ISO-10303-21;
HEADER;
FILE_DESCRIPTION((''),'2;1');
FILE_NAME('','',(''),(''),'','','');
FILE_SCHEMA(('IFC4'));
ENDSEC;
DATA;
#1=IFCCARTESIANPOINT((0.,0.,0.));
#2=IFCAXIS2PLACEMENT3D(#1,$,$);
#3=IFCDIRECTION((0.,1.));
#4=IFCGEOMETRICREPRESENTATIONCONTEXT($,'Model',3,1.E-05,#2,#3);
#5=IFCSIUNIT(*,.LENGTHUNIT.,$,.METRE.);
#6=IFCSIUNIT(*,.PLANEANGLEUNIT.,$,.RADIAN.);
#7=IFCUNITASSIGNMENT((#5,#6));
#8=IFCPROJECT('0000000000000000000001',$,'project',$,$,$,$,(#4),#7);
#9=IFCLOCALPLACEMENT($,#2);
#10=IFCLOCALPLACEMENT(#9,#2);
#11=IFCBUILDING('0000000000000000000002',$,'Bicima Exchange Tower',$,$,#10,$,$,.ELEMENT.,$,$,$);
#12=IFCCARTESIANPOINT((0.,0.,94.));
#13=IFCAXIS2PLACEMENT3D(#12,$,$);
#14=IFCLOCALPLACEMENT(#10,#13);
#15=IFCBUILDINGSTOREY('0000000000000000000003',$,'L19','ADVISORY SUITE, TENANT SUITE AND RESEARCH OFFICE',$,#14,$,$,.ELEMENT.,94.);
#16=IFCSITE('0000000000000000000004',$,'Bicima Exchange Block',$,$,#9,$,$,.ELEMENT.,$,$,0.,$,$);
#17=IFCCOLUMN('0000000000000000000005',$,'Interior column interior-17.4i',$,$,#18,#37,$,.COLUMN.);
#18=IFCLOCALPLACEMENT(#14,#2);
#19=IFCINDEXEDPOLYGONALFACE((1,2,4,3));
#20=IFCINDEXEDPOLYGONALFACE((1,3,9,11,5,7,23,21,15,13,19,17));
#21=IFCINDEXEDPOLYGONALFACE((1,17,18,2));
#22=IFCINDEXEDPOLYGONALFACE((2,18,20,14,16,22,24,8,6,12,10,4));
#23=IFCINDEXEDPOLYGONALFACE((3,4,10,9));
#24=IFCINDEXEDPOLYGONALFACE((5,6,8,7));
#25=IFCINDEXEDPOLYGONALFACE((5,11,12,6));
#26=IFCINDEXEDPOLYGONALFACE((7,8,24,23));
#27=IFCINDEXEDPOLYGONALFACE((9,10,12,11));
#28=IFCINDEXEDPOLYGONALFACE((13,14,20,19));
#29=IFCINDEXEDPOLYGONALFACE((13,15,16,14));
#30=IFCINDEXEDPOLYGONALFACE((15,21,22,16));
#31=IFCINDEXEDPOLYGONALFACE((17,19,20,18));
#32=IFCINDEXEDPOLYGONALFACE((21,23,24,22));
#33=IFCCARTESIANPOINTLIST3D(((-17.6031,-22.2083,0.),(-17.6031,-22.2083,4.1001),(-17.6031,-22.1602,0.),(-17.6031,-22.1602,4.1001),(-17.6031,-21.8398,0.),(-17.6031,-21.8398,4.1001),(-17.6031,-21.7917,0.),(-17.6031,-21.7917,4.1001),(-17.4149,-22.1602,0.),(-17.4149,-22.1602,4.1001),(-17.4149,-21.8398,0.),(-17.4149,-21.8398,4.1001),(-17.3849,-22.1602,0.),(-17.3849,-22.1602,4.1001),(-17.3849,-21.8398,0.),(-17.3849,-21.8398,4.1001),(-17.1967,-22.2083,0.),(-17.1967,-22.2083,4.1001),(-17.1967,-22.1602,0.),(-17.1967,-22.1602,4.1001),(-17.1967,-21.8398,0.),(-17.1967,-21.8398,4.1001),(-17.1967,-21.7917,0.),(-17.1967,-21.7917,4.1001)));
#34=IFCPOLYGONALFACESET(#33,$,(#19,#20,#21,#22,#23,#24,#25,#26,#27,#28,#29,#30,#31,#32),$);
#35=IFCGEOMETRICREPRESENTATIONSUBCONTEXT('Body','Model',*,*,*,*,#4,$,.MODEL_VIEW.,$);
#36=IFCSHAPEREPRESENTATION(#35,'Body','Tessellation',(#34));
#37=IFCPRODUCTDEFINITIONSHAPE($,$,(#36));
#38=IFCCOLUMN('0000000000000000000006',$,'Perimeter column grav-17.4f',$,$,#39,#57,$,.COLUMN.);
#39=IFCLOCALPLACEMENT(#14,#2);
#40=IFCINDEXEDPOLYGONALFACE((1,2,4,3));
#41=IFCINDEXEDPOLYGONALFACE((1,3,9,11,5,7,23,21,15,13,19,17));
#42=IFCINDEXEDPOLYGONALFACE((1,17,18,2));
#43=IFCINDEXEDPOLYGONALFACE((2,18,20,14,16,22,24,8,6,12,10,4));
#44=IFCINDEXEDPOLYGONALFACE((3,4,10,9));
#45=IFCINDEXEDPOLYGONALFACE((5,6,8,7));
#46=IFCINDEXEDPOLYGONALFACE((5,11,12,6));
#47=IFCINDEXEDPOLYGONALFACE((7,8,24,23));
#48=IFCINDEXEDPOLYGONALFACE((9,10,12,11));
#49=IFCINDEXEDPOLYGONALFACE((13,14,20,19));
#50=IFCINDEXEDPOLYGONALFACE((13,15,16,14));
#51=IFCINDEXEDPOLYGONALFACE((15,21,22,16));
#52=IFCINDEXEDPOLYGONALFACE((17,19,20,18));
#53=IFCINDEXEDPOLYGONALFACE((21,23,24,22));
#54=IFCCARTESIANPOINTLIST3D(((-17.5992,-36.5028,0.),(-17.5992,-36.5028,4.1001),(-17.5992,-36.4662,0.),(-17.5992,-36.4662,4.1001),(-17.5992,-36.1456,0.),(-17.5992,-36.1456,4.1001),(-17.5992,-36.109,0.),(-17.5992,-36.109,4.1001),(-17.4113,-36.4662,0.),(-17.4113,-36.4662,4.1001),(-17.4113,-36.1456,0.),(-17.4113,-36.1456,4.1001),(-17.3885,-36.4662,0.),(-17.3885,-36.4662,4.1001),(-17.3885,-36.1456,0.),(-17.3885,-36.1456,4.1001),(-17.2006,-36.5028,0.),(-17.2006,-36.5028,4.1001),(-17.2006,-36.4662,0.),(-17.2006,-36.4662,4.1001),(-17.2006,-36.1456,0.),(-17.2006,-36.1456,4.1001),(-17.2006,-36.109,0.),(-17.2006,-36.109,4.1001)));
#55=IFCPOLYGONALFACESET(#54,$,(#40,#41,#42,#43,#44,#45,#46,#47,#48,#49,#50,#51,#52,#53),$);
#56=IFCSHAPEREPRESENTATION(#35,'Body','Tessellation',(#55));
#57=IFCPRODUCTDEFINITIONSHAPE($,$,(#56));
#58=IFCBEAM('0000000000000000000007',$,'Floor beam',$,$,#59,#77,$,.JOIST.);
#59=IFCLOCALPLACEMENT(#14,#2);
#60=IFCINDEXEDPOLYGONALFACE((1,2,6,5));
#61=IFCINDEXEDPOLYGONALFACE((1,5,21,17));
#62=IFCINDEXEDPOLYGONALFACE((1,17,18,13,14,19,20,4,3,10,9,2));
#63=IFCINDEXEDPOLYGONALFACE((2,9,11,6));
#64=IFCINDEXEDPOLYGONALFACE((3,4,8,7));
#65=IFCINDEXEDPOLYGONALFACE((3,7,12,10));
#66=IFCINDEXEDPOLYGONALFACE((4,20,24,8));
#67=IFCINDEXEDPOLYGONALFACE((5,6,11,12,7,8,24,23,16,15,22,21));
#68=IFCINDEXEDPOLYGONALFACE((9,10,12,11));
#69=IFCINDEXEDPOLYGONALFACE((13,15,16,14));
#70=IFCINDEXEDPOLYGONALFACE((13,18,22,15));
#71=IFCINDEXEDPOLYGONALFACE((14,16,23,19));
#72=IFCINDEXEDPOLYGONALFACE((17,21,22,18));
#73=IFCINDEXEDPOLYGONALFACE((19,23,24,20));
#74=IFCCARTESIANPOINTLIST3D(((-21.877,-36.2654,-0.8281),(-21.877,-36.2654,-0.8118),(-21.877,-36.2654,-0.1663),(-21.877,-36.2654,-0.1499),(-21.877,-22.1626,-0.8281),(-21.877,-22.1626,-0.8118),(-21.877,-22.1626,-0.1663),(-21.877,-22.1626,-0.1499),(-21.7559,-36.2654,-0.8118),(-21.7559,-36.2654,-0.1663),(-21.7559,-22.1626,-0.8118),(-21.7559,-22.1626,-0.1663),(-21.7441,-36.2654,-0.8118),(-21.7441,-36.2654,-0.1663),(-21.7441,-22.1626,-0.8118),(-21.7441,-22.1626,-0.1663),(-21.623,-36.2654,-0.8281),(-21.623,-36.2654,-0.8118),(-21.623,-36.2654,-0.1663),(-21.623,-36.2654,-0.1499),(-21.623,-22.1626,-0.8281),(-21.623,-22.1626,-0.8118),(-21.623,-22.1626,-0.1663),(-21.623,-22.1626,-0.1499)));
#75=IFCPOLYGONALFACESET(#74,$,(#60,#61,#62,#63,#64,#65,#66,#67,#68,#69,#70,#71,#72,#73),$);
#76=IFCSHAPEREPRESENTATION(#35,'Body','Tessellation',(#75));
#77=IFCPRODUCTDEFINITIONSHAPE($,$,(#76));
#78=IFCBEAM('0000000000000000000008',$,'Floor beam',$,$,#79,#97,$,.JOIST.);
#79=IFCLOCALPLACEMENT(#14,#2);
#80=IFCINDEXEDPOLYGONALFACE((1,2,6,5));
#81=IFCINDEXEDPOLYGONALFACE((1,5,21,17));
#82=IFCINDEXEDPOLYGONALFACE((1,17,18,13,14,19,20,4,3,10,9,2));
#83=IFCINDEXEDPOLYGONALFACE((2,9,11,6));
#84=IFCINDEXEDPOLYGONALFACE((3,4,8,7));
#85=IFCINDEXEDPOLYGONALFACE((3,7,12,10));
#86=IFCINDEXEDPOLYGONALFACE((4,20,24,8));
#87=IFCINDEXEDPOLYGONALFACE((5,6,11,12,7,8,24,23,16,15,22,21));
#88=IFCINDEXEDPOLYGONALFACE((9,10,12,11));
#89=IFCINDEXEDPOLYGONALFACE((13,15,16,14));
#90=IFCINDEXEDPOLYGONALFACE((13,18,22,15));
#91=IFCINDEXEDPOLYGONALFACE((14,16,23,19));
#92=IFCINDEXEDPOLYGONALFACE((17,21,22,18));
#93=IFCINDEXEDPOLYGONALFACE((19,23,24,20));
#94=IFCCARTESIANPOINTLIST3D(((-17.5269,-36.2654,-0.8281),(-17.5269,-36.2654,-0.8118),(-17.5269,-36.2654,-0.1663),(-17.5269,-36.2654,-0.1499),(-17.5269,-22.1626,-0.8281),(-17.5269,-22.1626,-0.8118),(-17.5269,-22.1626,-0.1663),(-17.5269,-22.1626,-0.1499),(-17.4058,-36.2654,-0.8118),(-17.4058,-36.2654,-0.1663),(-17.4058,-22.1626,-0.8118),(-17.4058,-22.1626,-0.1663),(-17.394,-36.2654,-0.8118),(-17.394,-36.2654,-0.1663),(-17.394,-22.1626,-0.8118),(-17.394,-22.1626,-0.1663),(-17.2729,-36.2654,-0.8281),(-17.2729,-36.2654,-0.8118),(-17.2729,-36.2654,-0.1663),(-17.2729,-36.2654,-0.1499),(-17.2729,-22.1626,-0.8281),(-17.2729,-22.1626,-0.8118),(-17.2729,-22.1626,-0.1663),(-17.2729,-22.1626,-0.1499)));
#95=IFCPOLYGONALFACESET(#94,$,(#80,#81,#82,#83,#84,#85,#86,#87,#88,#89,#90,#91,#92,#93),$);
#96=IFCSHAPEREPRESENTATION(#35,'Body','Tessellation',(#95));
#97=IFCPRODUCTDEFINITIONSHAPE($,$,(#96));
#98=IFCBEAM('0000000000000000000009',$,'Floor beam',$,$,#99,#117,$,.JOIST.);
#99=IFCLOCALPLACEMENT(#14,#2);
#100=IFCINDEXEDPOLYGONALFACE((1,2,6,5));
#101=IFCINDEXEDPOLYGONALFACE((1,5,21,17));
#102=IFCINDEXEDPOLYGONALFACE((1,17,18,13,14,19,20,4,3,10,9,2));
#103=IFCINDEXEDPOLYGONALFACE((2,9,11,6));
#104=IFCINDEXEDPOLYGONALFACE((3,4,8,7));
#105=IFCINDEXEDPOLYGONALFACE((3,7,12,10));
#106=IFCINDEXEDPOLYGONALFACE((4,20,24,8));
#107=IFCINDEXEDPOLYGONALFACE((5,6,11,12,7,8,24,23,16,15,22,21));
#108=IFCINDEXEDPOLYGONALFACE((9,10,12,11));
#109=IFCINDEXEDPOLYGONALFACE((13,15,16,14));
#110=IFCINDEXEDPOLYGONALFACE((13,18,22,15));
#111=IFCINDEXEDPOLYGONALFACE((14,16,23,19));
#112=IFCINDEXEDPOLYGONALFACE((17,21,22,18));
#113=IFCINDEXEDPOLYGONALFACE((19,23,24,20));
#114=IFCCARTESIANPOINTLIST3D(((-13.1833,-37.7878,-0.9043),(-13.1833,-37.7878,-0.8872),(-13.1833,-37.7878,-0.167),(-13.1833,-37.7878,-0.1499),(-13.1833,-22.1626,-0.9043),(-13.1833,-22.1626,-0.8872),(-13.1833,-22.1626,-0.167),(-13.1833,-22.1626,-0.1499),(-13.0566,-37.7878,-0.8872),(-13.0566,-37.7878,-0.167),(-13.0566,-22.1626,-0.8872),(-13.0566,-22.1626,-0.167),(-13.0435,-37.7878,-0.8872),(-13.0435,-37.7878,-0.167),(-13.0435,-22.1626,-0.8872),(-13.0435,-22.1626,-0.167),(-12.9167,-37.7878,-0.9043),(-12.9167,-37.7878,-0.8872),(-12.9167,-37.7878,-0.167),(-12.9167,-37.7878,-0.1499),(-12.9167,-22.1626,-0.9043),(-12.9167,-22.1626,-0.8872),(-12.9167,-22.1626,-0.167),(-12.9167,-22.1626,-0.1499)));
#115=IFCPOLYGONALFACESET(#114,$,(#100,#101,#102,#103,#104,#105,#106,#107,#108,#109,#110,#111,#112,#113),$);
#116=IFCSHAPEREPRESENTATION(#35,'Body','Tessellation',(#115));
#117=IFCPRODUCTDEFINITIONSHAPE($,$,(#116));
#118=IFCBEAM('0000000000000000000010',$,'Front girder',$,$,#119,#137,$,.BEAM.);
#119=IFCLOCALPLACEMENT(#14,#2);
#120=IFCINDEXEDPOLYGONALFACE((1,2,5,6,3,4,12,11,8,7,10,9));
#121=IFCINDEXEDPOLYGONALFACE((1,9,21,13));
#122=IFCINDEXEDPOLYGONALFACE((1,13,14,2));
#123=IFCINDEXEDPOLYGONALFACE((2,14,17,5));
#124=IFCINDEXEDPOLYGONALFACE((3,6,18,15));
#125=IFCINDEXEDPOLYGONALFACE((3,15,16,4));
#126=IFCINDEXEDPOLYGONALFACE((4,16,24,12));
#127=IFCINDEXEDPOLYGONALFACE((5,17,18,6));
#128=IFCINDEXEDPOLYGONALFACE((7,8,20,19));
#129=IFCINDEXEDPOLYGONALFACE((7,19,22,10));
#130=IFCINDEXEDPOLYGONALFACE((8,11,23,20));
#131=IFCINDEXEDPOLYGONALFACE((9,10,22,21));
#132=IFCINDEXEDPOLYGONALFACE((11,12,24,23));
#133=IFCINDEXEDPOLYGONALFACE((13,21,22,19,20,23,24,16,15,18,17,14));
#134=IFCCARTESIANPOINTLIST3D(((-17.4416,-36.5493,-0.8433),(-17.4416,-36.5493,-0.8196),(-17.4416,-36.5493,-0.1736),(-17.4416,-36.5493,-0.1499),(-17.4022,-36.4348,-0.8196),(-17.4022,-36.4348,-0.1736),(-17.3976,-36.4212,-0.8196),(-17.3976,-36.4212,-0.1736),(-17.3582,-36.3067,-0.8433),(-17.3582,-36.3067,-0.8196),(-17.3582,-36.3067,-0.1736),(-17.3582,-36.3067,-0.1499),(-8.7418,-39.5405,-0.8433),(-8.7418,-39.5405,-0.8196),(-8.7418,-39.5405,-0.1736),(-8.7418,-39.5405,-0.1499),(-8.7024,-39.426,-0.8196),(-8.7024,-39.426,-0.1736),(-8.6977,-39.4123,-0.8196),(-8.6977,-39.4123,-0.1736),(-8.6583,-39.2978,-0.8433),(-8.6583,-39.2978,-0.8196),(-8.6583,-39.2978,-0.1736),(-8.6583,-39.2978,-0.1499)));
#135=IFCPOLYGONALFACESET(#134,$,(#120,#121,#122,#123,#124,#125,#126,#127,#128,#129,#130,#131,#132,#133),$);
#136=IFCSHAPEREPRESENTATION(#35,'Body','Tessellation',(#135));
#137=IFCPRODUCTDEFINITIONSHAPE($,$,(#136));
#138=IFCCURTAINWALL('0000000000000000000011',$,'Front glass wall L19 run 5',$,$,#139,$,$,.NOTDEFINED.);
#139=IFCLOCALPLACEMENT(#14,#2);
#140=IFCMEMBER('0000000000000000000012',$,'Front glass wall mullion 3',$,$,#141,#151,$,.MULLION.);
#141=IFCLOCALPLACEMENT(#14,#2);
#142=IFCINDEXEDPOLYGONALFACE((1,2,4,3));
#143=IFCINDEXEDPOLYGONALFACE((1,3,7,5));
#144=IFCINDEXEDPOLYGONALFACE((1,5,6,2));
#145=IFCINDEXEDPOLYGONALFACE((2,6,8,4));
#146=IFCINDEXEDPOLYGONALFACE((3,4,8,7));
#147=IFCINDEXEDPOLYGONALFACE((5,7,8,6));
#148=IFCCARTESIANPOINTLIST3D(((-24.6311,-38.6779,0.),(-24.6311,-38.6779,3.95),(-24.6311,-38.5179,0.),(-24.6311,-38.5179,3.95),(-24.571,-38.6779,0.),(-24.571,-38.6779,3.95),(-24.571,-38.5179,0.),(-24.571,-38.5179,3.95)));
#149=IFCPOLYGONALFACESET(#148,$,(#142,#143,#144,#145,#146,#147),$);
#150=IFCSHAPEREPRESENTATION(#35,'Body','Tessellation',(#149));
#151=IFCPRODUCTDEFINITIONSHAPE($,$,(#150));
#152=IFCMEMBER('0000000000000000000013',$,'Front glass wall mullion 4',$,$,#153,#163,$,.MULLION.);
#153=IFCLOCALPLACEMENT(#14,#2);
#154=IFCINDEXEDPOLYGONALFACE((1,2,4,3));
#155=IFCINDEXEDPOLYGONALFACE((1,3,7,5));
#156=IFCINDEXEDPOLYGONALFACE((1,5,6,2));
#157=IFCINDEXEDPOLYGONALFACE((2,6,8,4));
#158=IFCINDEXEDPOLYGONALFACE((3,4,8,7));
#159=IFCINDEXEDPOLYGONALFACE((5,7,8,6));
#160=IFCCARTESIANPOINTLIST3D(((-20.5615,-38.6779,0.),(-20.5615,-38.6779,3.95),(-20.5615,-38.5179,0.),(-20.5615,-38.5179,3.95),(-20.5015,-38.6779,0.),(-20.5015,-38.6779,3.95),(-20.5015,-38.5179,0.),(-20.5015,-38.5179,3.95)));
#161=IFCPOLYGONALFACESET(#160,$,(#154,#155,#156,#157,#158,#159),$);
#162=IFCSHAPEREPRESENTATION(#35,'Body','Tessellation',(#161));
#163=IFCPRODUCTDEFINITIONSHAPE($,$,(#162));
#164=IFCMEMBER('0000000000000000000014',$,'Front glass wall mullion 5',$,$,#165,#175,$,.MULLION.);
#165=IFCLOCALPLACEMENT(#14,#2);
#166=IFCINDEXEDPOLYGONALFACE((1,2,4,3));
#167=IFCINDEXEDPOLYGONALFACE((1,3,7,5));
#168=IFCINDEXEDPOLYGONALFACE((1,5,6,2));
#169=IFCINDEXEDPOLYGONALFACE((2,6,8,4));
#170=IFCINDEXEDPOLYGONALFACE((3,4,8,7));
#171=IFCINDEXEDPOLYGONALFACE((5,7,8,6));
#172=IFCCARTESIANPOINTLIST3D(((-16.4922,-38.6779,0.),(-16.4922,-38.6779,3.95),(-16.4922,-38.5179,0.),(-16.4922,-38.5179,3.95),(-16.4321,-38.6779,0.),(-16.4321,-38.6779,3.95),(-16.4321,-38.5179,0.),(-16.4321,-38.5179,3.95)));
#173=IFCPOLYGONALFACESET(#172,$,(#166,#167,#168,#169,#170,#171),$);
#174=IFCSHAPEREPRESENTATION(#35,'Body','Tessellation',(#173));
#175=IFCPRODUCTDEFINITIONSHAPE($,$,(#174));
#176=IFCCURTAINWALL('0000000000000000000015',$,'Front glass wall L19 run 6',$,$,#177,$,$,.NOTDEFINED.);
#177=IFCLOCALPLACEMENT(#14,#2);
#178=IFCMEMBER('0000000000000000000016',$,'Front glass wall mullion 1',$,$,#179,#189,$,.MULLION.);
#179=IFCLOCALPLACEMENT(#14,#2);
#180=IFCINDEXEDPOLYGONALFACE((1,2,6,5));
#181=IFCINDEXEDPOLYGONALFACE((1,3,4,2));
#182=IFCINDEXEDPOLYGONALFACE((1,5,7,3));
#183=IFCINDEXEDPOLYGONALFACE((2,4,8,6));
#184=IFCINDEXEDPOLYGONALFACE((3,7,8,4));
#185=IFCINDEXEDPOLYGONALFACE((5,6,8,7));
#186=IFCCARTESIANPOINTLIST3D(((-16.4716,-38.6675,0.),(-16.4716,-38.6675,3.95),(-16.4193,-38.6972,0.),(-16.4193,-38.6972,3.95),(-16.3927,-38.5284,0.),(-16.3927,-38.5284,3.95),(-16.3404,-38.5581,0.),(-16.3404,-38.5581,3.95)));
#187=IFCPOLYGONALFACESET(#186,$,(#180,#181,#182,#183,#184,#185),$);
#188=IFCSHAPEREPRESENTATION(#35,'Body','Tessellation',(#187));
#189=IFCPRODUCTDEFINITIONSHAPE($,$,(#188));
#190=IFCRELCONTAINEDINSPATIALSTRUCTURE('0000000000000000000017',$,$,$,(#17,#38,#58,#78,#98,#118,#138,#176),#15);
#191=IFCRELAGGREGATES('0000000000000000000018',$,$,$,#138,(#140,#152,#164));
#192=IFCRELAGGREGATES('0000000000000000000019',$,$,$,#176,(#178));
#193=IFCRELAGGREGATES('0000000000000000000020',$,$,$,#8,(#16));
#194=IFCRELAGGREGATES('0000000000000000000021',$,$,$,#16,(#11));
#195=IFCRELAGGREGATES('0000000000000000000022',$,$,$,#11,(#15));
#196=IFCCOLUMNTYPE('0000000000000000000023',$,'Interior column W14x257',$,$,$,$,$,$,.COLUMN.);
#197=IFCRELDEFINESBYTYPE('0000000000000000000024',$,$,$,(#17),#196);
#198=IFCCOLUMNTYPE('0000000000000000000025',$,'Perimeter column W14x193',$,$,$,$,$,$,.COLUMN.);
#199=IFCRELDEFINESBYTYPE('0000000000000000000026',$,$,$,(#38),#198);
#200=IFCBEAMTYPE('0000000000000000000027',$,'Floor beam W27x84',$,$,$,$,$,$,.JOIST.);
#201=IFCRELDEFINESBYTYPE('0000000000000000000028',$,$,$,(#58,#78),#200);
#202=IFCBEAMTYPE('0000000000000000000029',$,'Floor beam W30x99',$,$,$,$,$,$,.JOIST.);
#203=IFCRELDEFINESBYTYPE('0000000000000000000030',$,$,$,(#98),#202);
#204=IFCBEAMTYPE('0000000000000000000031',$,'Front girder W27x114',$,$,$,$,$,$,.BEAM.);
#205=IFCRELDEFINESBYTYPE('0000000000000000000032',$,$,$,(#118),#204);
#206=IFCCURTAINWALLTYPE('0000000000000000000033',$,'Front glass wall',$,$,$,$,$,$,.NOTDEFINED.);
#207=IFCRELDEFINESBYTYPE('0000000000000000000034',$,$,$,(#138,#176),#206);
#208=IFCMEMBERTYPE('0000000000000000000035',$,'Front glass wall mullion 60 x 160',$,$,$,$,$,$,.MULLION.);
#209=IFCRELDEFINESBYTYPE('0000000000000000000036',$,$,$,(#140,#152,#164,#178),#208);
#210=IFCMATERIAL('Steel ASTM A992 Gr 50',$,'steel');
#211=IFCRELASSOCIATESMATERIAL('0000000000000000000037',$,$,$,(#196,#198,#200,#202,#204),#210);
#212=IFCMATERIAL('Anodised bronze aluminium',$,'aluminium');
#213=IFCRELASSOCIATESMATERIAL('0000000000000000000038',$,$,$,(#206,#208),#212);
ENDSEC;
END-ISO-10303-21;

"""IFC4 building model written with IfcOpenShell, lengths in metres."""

from ifc_helpers import new_model, si_unit, direction, frame, origin, origin_2d, place, context, subcontext, project, spatial, rectangle, i_section, extrude, material, material_profile, profile_set, type_object, element, aggregate, save


model = new_model("IFC4")

# Units and contexts
model_context = context("Model", 3, precision=1e-05, world=origin(), true_north=direction((0.0, 1.0)))
body_context = subcontext(model_context, "Body", "Model", "MODEL_VIEW")
ifc_project = project(units=[si_unit("LENGTHUNIT", "METRE"), si_unit("PLANEANGLEUNIT", "RADIAN")], contexts=[model_context])

# Site, building, storey
site_placement = place(None, origin())
site = spatial("IfcSite", under=ifc_project, at=site_placement, Name="Bicima Exchange Block", CompositionType="ELEMENT", RefElevation=0.0)
building_placement = place(site_placement, origin())
building = spatial("IfcBuilding", under=site, at=building_placement, Name="Bicima Exchange Tower", CompositionType="ELEMENT")
storey_placement = place(building_placement, frame((0.0, 0.0, 94.0)))
storey = spatial("IfcBuildingStorey", under=building, at=storey_placement, Name="L19", Description="ADVISORY SUITE, TENANT SUITE AND RESEARCH OFFICE", CompositionType="ELEMENT", Elevation=94.0)

# Columns
ifc_material_1 = material(Name="Steel ASTM A992 Gr 50", Category="steel")
ifc_material_profile_1 = material_profile(ifc_material_1, i_section(OverallWidth=0.4065, OverallDepth=0.4165, WebThickness=0.03, FlangeThickness=0.0481, at=origin_2d()))
ifc_profile_set_1 = profile_set([ifc_material_profile_1], Name="Steel ASTM A992 Gr 50")
column_type_1 = type_object("IfcColumnType", Name="Interior column W14x257", PredefinedType="COLUMN", material=ifc_profile_set_1)
column_1_placement = place(storey_placement, frame((-17.3999, -22.0, 0.0), z_axis=(0.0, 0.0, 1.0), x_axis=(1.0, 0.0, 0.0)))
element("IfcColumn", 1, at=column_1_placement, inside=storey, type_object=column_type_1, Name="Interior column interior-17.4i", PredefinedType="COLUMN", context=body_context, shape_type="SweptSolid", body=[
    extrude(i_section(OverallWidth=0.4065, OverallDepth=0.4165, WebThickness=0.03, FlangeThickness=0.0481, at=origin_2d()), origin(), (0.0, 0.0, 1.0), 4.1001),
])
ifc_material_profile_2 = material_profile(ifc_material_1, i_section(OverallWidth=0.3987, OverallDepth=0.3938, WebThickness=0.0227, FlangeThickness=0.0366, at=origin_2d()))
ifc_profile_set_2 = profile_set([ifc_material_profile_2], Name="Steel ASTM A992 Gr 50")
column_type_2 = type_object("IfcColumnType", Name="Perimeter column W14x193", PredefinedType="COLUMN", material=ifc_profile_set_2)
column_2_placement = place(storey_placement, frame((-17.3999, -36.3059, 0.0), z_axis=(0.0, 0.0, 1.0), x_axis=(1.0, 0.0, 0.0)))
element("IfcColumn", 2, at=column_2_placement, inside=storey, type_object=column_type_2, Name="Perimeter column grav-17.4f", PredefinedType="COLUMN", context=body_context, shape_type="SweptSolid", body=[
    extrude(i_section(OverallWidth=0.3987, OverallDepth=0.3938, WebThickness=0.0227, FlangeThickness=0.0366, at=origin_2d()), origin(), (0.0, 0.0, 1.0), 4.1001),
])

# Beams
ifc_material_profile_3 = material_profile(ifc_material_1, i_section(OverallWidth=0.2539, OverallDepth=0.6782, WebThickness=0.0117, FlangeThickness=0.0164, at=origin_2d()))
ifc_profile_set_3 = profile_set([ifc_material_profile_3], Name="Steel ASTM A992 Gr 50")
beam_type_1 = type_object("IfcBeamType", Name="Floor beam W27x84", PredefinedType="JOIST", material=ifc_profile_set_3)
for number, where, z_axis, x_axis, name in (
    (3, (-21.75, -22.1626, -0.489), (0.0, -1.0, 0.0), (1.0, 0.0, 0.0), "Floor beam"),
    (4, (-17.3999, -22.1626, -0.489), (0.0, -1.0, 0.0), (1.0, 0.0, 0.0), "Floor beam"),
):
    element("IfcBeam", number, at=place(storey_placement, frame(where, z_axis=z_axis, x_axis=x_axis)), inside=storey, type_object=beam_type_1, Name=name, PredefinedType="JOIST", context=body_context, shape_type="SweptSolid", body=[
        extrude(i_section(OverallWidth=0.2539, OverallDepth=0.6782, WebThickness=0.0117, FlangeThickness=0.0164, at=origin_2d()), origin(), (0.0, 0.0, 1.0), 14.1028),
    ])
ifc_material_profile_4 = material_profile(ifc_material_1, i_section(OverallWidth=0.2666, OverallDepth=0.7544, WebThickness=0.0132, FlangeThickness=0.0171, at=origin_2d()))
ifc_profile_set_4 = profile_set([ifc_material_profile_4], Name="Steel ASTM A992 Gr 50")
beam_type_2 = type_object("IfcBeamType", Name="Floor beam W30x99", PredefinedType="JOIST", material=ifc_profile_set_4)
beam_1_placement = place(storey_placement, frame((-13.05, -22.1626, -0.5271), z_axis=(0.0, -1.0, 0.0), x_axis=(1.0, 0.0, 0.0)))
element("IfcBeam", 5, at=beam_1_placement, inside=storey, type_object=beam_type_2, Name="Floor beam", PredefinedType="JOIST", context=body_context, shape_type="SweptSolid", body=[
    extrude(i_section(OverallWidth=0.2666, OverallDepth=0.7544, WebThickness=0.0132, FlangeThickness=0.0171, at=origin_2d()), origin(), (0.0, 0.0, 1.0), 15.6252),
])
ifc_material_profile_5 = material_profile(ifc_material_1, i_section(OverallWidth=0.2566, OverallDepth=0.6934, WebThickness=0.0144, FlangeThickness=0.0237, at=origin_2d()))
ifc_profile_set_5 = profile_set([ifc_material_profile_5], Name="Steel ASTM A992 Gr 50")
beam_type_3 = type_object("IfcBeamType", Name="Front girder W27x114", PredefinedType="BEAM", material=ifc_profile_set_5)
beam_2_placement = place(storey_placement, frame((-17.3999, -36.428, -0.4966), z_axis=(0.945666, -0.325138, 0.0), x_axis=(0.325138, 0.945666, 0.0)))
element("IfcBeam", 6, at=beam_2_placement, inside=storey, type_object=beam_type_3, Name="Front girder", PredefinedType="BEAM", context=body_context, shape_type="SweptSolid", body=[
    extrude(i_section(OverallWidth=0.2566, OverallDepth=0.6934, WebThickness=0.0144, FlangeThickness=0.0237, at=origin_2d()), origin(), (0.0, 0.0, 1.0), 9.1997),
])

# Curtain walls, members
ifc_material_2 = material(Name="Anodised bronze aluminium", Category="aluminium")
curtain_wall_type = type_object("IfcCurtainWallType", Name="Front glass wall", PredefinedType="NOTDEFINED", material=ifc_material_2)
curtain_wall_1_placement = place(storey_placement, origin())
curtain_wall_1 = element("IfcCurtainWall", 7, at=curtain_wall_1_placement, inside=storey, type_object=curtain_wall_type, Name="Front glass wall L19 run 5", PredefinedType="NOTDEFINED")
ifc_material_profile_6 = material_profile(ifc_material_2, rectangle(XDim=0.1599, YDim=0.0601, at=origin_2d()))
ifc_profile_set_6 = profile_set([ifc_material_profile_6], Name="Anodised bronze aluminium")
member_type_1 = type_object("IfcMemberType", Name="Front glass wall mullion 60 x 160", PredefinedType="MULLION", material=ifc_profile_set_6)
member_1_placement = place(storey_placement, frame((-24.6011, -38.5979, 0.0), z_axis=(0.0, 0.0, 1.0), x_axis=(0.0, 1.0, 0.0)))
member_1 = element("IfcMember", 8, at=member_1_placement, type_object=member_type_1, Name="Front glass wall mullion 3", PredefinedType="MULLION", context=body_context, shape_type="SweptSolid", body=[
    extrude(rectangle(XDim=0.1599, YDim=0.0601, at=origin_2d()), origin(), (0.0, 0.0, 1.0), 3.95),
])
member_2_placement = place(storey_placement, frame((-20.5315, -38.5979, 0.0), z_axis=(0.0, 0.0, 1.0), x_axis=(0.0, 1.0, 0.0)))
member_2 = element("IfcMember", 9, at=member_2_placement, type_object=member_type_1, Name="Front glass wall mullion 4", PredefinedType="MULLION", context=body_context, shape_type="SweptSolid", body=[
    extrude(rectangle(XDim=0.1599, YDim=0.0601, at=origin_2d()), origin(), (0.0, 0.0, 1.0), 3.95),
])
member_3_placement = place(storey_placement, frame((-16.4622, -38.5979, 0.0), z_axis=(0.0, 0.0, 1.0), x_axis=(0.0, 1.0, 0.0)))
member_3 = element("IfcMember", 10, at=member_3_placement, type_object=member_type_1, Name="Front glass wall mullion 5", PredefinedType="MULLION", context=body_context, shape_type="SweptSolid", body=[
    extrude(rectangle(XDim=0.1599, YDim=0.0601, at=origin_2d()), origin(), (0.0, 0.0, 1.0), 3.95),
])
curtain_wall_2_placement = place(storey_placement, origin())
curtain_wall_2 = element("IfcCurtainWall", 11, at=curtain_wall_2_placement, inside=storey, type_object=curtain_wall_type, Name="Front glass wall L19 run 6", PredefinedType="NOTDEFINED")
member_4_placement = place(storey_placement, frame((-16.406, -38.6128, 0.0), z_axis=(0.0, 0.0, 1.0), x_axis=(0.493395, 0.869805, 0.0)))
member_4 = element("IfcMember", 12, at=member_4_placement, type_object=member_type_1, Name="Front glass wall mullion 1", PredefinedType="MULLION", context=body_context, shape_type="SweptSolid", body=[
    extrude(rectangle(XDim=0.1599, YDim=0.0601, at=origin_2d()), origin(), (0.0, 0.0, 1.0), 3.95),
])

aggregate(curtain_wall_1, [member_1, member_2, member_3])
aggregate(curtain_wall_2, [member_4])

save(model, "model.ifc")
